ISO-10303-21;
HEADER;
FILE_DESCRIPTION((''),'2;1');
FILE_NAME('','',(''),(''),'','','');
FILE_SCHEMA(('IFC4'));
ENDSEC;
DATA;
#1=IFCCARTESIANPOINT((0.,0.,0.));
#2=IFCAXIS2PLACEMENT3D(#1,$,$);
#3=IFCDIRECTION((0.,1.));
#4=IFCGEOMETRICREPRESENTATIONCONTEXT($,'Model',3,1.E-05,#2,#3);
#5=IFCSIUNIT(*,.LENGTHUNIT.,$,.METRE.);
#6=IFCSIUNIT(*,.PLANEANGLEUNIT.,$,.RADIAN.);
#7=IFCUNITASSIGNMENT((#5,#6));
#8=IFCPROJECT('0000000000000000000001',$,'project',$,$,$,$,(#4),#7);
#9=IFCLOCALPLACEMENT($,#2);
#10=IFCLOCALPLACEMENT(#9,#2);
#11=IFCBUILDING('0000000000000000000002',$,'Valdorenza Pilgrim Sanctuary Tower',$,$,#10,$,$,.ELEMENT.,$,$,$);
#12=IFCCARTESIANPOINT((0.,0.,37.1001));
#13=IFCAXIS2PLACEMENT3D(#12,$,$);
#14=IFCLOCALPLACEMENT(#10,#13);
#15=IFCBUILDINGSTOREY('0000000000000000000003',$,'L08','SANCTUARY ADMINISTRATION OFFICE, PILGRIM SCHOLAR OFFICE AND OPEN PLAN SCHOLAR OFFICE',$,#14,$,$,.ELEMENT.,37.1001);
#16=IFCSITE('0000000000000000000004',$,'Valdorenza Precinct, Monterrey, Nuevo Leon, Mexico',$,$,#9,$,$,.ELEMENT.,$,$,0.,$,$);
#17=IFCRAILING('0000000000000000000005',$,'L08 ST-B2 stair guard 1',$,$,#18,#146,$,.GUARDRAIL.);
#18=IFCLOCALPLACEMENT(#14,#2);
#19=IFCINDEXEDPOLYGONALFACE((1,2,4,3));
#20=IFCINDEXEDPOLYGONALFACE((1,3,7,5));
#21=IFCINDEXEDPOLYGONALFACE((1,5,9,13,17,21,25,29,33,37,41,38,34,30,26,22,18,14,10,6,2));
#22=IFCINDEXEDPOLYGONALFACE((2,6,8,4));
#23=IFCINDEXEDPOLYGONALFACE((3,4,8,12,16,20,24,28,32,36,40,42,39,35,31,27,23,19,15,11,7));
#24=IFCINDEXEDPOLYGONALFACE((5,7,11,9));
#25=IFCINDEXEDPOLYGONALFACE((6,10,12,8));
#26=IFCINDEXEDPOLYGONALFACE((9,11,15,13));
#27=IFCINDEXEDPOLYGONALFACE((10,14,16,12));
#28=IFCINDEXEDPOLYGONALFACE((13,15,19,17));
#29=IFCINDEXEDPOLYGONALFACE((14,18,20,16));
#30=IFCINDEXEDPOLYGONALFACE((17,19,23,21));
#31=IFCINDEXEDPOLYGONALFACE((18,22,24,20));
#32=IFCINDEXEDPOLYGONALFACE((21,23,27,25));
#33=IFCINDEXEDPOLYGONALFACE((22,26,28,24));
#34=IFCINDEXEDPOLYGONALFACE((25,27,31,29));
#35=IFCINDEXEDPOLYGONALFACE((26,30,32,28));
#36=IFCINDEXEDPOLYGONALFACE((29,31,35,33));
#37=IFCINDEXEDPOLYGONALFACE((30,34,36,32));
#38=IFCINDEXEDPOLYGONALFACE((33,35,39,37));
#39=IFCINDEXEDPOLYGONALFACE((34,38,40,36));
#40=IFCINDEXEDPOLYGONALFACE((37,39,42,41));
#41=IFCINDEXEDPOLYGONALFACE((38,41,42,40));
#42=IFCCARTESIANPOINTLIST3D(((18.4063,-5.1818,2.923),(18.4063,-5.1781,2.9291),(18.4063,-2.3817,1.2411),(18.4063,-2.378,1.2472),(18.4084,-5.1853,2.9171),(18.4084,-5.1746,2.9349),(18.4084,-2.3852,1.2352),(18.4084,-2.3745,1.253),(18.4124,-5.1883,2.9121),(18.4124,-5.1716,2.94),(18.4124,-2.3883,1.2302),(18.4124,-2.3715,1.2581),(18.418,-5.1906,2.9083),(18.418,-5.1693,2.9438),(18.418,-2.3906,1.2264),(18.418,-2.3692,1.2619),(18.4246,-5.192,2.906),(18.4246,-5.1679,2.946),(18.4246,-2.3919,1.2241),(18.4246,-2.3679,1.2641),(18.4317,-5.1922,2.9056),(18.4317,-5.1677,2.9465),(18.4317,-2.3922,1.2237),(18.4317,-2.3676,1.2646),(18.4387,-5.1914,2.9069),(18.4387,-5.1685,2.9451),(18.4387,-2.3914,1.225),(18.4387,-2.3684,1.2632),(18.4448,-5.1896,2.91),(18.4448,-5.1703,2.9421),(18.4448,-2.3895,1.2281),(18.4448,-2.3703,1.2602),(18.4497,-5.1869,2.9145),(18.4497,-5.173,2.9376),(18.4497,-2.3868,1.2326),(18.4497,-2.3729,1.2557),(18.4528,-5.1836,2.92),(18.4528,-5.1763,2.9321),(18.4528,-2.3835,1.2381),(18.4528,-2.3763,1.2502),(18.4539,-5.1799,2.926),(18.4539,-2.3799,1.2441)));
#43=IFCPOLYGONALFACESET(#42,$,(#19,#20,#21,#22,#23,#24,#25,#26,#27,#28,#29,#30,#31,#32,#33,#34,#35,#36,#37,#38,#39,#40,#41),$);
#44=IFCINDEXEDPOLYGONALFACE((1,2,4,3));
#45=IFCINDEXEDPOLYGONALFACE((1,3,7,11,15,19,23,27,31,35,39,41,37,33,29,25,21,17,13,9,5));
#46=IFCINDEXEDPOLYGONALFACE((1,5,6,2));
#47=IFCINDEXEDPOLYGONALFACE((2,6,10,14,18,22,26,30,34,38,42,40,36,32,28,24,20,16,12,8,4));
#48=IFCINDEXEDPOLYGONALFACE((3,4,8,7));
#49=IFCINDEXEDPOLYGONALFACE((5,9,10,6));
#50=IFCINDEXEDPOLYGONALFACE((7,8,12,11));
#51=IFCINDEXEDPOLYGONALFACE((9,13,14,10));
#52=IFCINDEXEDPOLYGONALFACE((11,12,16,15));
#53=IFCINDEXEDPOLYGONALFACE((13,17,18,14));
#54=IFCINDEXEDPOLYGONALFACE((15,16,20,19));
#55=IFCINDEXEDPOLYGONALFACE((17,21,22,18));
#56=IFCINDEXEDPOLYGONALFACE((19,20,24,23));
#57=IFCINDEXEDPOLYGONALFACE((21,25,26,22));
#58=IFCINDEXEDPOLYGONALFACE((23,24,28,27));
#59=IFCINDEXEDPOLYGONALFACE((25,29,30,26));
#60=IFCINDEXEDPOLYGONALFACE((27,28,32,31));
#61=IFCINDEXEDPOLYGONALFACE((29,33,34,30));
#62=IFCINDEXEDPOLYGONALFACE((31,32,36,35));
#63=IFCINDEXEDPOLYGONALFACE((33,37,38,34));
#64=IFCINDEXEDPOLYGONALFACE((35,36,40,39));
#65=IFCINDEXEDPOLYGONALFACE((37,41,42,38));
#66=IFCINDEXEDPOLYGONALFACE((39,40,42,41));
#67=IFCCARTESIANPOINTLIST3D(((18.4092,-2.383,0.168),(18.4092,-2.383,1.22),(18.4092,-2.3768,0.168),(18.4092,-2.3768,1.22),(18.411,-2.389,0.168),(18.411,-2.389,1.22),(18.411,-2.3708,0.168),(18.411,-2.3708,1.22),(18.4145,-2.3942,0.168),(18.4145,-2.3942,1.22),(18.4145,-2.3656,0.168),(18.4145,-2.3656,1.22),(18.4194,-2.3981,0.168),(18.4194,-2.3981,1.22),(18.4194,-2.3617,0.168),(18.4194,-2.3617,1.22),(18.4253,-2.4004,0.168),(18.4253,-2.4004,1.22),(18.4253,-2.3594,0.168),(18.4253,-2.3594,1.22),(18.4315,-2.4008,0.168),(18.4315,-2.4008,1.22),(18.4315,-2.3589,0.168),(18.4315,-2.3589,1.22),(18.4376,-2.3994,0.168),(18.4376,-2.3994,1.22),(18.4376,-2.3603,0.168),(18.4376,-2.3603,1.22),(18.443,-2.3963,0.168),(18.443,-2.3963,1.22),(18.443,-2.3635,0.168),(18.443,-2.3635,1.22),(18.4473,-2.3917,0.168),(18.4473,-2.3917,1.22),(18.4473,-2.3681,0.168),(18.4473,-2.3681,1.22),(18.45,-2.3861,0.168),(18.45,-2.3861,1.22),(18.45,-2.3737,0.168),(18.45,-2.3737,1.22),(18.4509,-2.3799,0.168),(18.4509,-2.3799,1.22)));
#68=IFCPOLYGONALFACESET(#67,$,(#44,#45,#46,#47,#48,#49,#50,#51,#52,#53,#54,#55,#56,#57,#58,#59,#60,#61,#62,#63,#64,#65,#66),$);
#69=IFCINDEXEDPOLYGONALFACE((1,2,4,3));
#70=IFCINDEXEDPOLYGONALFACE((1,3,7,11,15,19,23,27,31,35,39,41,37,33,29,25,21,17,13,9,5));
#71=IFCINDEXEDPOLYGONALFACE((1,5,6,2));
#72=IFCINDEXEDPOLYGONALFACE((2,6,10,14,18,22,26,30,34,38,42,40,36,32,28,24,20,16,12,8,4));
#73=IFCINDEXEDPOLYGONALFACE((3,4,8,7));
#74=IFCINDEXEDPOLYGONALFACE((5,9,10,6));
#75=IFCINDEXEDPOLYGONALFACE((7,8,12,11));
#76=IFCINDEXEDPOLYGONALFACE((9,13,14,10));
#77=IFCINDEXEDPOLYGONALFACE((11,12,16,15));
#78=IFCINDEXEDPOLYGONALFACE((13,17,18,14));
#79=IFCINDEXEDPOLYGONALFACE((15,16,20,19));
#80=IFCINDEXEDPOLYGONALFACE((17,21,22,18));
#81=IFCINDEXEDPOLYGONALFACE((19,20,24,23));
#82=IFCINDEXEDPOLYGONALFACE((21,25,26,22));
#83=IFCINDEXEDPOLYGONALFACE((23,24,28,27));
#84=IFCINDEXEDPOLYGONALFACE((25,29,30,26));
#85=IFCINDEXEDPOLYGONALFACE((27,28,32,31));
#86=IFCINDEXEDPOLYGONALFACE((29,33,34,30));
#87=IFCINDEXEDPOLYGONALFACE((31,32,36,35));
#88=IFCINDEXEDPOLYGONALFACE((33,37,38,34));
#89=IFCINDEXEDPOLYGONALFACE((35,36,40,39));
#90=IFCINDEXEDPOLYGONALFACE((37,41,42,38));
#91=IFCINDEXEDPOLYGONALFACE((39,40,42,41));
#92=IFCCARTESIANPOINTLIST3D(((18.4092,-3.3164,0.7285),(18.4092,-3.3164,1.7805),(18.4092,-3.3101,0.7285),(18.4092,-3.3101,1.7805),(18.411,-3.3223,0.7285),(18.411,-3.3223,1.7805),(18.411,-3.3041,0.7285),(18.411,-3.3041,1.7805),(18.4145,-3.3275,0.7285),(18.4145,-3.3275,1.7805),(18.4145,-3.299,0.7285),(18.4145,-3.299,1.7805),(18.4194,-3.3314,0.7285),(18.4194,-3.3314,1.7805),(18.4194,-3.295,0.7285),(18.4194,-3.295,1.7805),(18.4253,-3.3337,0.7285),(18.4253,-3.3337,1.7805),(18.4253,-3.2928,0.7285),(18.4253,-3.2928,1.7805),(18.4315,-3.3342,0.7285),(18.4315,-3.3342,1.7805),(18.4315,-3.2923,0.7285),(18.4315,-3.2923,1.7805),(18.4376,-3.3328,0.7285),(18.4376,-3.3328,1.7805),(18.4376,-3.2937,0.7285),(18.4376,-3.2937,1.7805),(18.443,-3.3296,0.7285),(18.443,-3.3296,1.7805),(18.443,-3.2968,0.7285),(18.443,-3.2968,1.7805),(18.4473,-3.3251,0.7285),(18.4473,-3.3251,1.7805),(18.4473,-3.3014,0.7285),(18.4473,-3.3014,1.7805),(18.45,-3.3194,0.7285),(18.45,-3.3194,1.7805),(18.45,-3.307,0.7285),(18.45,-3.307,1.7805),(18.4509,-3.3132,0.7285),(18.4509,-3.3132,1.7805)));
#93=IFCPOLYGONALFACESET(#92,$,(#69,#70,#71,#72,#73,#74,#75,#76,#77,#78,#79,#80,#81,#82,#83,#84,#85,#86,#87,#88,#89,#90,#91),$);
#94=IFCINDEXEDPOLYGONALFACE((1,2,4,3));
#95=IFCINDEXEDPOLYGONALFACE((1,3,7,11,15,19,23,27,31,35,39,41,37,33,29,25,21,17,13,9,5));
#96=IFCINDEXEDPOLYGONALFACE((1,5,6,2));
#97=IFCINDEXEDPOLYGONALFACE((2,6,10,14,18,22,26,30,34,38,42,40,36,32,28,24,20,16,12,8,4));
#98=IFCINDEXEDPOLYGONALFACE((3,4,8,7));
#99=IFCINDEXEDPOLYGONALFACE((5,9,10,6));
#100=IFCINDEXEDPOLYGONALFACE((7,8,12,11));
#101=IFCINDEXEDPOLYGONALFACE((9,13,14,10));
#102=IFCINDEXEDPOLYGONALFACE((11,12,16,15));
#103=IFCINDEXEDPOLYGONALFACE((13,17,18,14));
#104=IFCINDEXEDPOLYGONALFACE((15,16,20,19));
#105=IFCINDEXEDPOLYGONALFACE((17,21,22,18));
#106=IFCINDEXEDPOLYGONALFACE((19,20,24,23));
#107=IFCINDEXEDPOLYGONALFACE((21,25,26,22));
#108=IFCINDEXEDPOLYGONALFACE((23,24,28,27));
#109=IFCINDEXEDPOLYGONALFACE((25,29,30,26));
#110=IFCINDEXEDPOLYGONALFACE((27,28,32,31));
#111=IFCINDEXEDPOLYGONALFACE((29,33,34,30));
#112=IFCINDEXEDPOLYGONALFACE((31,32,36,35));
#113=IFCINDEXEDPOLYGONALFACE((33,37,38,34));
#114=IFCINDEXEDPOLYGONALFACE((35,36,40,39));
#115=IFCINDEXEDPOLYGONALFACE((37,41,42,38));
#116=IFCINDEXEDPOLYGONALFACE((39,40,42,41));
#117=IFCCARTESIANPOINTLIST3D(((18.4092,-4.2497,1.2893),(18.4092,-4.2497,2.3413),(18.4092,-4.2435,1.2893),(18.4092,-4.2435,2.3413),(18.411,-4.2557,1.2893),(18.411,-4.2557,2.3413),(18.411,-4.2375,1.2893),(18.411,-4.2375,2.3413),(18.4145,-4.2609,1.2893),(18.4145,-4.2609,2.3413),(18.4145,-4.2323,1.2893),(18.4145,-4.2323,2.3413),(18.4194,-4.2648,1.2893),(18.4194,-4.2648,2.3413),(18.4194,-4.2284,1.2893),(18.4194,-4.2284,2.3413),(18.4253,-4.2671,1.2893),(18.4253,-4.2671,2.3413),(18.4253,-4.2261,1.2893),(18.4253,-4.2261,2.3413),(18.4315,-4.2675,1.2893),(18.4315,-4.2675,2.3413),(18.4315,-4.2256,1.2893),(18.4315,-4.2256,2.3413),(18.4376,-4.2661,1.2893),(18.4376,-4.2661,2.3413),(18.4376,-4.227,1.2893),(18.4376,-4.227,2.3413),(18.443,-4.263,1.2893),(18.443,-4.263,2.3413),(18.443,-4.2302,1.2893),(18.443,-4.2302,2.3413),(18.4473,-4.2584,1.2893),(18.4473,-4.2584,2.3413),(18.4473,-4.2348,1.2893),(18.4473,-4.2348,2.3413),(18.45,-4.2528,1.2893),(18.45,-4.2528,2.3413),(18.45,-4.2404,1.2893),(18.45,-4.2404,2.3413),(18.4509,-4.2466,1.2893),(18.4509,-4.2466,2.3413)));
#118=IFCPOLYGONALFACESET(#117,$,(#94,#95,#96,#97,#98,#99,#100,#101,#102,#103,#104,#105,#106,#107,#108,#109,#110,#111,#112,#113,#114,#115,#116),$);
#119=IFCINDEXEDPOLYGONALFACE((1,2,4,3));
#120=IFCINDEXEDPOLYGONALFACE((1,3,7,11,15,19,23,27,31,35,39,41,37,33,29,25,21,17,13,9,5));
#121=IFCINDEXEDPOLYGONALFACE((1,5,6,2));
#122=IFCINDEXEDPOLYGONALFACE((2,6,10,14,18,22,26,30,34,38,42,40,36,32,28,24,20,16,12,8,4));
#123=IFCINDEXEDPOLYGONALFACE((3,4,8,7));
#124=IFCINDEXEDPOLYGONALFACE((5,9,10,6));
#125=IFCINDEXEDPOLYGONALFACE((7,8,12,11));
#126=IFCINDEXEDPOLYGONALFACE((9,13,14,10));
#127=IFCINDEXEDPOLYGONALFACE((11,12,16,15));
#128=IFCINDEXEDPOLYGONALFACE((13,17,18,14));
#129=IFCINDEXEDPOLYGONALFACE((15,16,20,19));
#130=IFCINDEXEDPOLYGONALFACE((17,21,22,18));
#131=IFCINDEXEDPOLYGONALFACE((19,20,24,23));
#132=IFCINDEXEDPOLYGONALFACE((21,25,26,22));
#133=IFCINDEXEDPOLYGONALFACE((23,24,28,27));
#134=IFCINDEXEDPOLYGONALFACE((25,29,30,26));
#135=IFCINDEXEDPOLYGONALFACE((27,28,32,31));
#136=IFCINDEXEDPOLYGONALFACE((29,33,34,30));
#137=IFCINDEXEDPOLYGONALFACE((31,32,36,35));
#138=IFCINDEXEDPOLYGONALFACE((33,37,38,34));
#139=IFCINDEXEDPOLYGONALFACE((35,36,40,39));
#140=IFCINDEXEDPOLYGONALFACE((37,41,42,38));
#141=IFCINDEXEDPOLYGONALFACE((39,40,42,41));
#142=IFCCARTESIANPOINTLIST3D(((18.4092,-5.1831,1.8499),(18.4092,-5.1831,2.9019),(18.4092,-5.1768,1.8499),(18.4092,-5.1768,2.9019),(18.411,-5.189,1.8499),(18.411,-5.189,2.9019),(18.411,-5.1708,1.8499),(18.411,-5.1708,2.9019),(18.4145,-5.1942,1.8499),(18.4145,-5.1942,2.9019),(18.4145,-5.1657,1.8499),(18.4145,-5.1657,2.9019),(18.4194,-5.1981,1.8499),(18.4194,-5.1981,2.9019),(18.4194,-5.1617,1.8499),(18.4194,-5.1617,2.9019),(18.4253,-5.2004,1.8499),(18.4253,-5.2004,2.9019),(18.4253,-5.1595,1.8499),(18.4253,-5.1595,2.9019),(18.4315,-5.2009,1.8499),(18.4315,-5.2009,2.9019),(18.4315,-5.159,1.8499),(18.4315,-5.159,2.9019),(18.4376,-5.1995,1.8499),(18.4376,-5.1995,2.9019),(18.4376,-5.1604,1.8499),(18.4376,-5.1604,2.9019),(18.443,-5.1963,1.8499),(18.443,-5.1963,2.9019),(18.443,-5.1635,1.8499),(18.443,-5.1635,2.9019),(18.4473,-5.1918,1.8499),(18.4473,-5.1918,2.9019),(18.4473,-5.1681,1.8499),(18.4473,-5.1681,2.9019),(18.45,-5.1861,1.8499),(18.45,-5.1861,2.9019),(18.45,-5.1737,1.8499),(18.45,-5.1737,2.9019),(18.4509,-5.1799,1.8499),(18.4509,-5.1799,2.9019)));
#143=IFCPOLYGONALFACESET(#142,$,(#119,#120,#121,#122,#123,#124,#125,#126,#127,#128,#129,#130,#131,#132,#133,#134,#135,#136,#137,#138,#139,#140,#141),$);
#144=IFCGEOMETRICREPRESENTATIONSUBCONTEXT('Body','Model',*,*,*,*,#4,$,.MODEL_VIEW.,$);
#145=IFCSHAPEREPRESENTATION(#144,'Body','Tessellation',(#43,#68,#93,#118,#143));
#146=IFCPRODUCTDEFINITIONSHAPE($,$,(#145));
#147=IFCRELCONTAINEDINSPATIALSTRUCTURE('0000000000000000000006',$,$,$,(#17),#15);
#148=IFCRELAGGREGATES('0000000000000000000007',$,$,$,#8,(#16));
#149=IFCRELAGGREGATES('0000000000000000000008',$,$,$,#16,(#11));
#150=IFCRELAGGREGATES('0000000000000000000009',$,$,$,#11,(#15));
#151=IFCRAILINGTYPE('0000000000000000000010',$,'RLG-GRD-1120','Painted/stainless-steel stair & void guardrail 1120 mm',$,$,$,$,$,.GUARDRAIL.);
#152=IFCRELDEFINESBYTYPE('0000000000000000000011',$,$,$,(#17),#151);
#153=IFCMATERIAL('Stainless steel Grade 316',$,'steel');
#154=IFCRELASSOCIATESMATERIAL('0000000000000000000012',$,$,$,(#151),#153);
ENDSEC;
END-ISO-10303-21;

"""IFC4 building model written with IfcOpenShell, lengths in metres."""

from ifc_helpers import new_model, si_unit, direction, frame, origin, origin_2d, place, context, subcontext, project, spatial, circle, extrude, material, type_object, element, save


model = new_model("IFC4")

# Units and contexts
model_context = context("Model", 3, precision=1e-05, world=origin(), true_north=direction((0.0, 1.0)))
body_context = subcontext(model_context, "Body", "Model", "MODEL_VIEW")
ifc_project = project(units=[si_unit("LENGTHUNIT", "METRE"), si_unit("PLANEANGLEUNIT", "RADIAN")], contexts=[model_context])

# Site, building, storey
site_placement = place(None, origin())
site = spatial("IfcSite", under=ifc_project, at=site_placement, Name="Valdorenza Precinct, Monterrey, Nuevo Leon, Mexico", CompositionType="ELEMENT", RefElevation=0.0)
building_placement = place(site_placement, origin())
building = spatial("IfcBuilding", under=site, at=building_placement, Name="Valdorenza Pilgrim Sanctuary Tower", CompositionType="ELEMENT")
storey_placement = place(building_placement, frame((0.0, 0.0, 37.1001)))
storey = spatial("IfcBuildingStorey", under=building, at=storey_placement, Name="L08", Description="SANCTUARY ADMINISTRATION OFFICE, PILGRIM SCHOLAR OFFICE AND OPEN PLAN SCHOLAR OFFICE", CompositionType="ELEMENT", Elevation=37.1001)

# Railing
ifc_material_1 = material(Name="Stainless steel Grade 316", Category="steel")
railing_type_1 = type_object("IfcRailingType", Name="RLG-GRD-1120", Description="Painted/stainless-steel stair & void guardrail 1120 mm", PredefinedType="GUARDRAIL", material=ifc_material_1)
railing_1_placement = place(storey_placement, frame((18.4299, -2.3799, 0.168)))
element("IfcRailing", 1, at=railing_1_placement, inside=storey, type_object=railing_type_1, Name="L08 ST-B2 stair guard 1", PredefinedType="GUARDRAIL", context=body_context, shape_type="SweptSolid", body=[
    extrude(circle(Radius=0.0239, at=origin_2d()), frame((0.0, 0.0, 1.0762), z_axis=(0.0, -0.857242, 0.514913), x_axis=(1.0, 0.0, 0.0)), (0.0, 0.0, 1.0), 3.2664),
    extrude(circle(Radius=0.021, at=origin_2d()), origin(), (0.0, 0.0, 1.0), 1.052),
    extrude(circle(Radius=0.021, at=origin_2d()), frame((0.0, -0.9333, 0.5605)), (0.0, 0.0, 1.0), 1.052),
    extrude(circle(Radius=0.021, at=origin_2d()), frame((0.0, -1.8667, 1.1213)), (0.0, 0.0, 1.0), 1.052),
    extrude(circle(Radius=0.021, at=origin_2d()), frame((0.0, -2.8, 1.6819)), (0.0, 0.0, 1.0), 1.052),
])

save(model, "model.ifc")
